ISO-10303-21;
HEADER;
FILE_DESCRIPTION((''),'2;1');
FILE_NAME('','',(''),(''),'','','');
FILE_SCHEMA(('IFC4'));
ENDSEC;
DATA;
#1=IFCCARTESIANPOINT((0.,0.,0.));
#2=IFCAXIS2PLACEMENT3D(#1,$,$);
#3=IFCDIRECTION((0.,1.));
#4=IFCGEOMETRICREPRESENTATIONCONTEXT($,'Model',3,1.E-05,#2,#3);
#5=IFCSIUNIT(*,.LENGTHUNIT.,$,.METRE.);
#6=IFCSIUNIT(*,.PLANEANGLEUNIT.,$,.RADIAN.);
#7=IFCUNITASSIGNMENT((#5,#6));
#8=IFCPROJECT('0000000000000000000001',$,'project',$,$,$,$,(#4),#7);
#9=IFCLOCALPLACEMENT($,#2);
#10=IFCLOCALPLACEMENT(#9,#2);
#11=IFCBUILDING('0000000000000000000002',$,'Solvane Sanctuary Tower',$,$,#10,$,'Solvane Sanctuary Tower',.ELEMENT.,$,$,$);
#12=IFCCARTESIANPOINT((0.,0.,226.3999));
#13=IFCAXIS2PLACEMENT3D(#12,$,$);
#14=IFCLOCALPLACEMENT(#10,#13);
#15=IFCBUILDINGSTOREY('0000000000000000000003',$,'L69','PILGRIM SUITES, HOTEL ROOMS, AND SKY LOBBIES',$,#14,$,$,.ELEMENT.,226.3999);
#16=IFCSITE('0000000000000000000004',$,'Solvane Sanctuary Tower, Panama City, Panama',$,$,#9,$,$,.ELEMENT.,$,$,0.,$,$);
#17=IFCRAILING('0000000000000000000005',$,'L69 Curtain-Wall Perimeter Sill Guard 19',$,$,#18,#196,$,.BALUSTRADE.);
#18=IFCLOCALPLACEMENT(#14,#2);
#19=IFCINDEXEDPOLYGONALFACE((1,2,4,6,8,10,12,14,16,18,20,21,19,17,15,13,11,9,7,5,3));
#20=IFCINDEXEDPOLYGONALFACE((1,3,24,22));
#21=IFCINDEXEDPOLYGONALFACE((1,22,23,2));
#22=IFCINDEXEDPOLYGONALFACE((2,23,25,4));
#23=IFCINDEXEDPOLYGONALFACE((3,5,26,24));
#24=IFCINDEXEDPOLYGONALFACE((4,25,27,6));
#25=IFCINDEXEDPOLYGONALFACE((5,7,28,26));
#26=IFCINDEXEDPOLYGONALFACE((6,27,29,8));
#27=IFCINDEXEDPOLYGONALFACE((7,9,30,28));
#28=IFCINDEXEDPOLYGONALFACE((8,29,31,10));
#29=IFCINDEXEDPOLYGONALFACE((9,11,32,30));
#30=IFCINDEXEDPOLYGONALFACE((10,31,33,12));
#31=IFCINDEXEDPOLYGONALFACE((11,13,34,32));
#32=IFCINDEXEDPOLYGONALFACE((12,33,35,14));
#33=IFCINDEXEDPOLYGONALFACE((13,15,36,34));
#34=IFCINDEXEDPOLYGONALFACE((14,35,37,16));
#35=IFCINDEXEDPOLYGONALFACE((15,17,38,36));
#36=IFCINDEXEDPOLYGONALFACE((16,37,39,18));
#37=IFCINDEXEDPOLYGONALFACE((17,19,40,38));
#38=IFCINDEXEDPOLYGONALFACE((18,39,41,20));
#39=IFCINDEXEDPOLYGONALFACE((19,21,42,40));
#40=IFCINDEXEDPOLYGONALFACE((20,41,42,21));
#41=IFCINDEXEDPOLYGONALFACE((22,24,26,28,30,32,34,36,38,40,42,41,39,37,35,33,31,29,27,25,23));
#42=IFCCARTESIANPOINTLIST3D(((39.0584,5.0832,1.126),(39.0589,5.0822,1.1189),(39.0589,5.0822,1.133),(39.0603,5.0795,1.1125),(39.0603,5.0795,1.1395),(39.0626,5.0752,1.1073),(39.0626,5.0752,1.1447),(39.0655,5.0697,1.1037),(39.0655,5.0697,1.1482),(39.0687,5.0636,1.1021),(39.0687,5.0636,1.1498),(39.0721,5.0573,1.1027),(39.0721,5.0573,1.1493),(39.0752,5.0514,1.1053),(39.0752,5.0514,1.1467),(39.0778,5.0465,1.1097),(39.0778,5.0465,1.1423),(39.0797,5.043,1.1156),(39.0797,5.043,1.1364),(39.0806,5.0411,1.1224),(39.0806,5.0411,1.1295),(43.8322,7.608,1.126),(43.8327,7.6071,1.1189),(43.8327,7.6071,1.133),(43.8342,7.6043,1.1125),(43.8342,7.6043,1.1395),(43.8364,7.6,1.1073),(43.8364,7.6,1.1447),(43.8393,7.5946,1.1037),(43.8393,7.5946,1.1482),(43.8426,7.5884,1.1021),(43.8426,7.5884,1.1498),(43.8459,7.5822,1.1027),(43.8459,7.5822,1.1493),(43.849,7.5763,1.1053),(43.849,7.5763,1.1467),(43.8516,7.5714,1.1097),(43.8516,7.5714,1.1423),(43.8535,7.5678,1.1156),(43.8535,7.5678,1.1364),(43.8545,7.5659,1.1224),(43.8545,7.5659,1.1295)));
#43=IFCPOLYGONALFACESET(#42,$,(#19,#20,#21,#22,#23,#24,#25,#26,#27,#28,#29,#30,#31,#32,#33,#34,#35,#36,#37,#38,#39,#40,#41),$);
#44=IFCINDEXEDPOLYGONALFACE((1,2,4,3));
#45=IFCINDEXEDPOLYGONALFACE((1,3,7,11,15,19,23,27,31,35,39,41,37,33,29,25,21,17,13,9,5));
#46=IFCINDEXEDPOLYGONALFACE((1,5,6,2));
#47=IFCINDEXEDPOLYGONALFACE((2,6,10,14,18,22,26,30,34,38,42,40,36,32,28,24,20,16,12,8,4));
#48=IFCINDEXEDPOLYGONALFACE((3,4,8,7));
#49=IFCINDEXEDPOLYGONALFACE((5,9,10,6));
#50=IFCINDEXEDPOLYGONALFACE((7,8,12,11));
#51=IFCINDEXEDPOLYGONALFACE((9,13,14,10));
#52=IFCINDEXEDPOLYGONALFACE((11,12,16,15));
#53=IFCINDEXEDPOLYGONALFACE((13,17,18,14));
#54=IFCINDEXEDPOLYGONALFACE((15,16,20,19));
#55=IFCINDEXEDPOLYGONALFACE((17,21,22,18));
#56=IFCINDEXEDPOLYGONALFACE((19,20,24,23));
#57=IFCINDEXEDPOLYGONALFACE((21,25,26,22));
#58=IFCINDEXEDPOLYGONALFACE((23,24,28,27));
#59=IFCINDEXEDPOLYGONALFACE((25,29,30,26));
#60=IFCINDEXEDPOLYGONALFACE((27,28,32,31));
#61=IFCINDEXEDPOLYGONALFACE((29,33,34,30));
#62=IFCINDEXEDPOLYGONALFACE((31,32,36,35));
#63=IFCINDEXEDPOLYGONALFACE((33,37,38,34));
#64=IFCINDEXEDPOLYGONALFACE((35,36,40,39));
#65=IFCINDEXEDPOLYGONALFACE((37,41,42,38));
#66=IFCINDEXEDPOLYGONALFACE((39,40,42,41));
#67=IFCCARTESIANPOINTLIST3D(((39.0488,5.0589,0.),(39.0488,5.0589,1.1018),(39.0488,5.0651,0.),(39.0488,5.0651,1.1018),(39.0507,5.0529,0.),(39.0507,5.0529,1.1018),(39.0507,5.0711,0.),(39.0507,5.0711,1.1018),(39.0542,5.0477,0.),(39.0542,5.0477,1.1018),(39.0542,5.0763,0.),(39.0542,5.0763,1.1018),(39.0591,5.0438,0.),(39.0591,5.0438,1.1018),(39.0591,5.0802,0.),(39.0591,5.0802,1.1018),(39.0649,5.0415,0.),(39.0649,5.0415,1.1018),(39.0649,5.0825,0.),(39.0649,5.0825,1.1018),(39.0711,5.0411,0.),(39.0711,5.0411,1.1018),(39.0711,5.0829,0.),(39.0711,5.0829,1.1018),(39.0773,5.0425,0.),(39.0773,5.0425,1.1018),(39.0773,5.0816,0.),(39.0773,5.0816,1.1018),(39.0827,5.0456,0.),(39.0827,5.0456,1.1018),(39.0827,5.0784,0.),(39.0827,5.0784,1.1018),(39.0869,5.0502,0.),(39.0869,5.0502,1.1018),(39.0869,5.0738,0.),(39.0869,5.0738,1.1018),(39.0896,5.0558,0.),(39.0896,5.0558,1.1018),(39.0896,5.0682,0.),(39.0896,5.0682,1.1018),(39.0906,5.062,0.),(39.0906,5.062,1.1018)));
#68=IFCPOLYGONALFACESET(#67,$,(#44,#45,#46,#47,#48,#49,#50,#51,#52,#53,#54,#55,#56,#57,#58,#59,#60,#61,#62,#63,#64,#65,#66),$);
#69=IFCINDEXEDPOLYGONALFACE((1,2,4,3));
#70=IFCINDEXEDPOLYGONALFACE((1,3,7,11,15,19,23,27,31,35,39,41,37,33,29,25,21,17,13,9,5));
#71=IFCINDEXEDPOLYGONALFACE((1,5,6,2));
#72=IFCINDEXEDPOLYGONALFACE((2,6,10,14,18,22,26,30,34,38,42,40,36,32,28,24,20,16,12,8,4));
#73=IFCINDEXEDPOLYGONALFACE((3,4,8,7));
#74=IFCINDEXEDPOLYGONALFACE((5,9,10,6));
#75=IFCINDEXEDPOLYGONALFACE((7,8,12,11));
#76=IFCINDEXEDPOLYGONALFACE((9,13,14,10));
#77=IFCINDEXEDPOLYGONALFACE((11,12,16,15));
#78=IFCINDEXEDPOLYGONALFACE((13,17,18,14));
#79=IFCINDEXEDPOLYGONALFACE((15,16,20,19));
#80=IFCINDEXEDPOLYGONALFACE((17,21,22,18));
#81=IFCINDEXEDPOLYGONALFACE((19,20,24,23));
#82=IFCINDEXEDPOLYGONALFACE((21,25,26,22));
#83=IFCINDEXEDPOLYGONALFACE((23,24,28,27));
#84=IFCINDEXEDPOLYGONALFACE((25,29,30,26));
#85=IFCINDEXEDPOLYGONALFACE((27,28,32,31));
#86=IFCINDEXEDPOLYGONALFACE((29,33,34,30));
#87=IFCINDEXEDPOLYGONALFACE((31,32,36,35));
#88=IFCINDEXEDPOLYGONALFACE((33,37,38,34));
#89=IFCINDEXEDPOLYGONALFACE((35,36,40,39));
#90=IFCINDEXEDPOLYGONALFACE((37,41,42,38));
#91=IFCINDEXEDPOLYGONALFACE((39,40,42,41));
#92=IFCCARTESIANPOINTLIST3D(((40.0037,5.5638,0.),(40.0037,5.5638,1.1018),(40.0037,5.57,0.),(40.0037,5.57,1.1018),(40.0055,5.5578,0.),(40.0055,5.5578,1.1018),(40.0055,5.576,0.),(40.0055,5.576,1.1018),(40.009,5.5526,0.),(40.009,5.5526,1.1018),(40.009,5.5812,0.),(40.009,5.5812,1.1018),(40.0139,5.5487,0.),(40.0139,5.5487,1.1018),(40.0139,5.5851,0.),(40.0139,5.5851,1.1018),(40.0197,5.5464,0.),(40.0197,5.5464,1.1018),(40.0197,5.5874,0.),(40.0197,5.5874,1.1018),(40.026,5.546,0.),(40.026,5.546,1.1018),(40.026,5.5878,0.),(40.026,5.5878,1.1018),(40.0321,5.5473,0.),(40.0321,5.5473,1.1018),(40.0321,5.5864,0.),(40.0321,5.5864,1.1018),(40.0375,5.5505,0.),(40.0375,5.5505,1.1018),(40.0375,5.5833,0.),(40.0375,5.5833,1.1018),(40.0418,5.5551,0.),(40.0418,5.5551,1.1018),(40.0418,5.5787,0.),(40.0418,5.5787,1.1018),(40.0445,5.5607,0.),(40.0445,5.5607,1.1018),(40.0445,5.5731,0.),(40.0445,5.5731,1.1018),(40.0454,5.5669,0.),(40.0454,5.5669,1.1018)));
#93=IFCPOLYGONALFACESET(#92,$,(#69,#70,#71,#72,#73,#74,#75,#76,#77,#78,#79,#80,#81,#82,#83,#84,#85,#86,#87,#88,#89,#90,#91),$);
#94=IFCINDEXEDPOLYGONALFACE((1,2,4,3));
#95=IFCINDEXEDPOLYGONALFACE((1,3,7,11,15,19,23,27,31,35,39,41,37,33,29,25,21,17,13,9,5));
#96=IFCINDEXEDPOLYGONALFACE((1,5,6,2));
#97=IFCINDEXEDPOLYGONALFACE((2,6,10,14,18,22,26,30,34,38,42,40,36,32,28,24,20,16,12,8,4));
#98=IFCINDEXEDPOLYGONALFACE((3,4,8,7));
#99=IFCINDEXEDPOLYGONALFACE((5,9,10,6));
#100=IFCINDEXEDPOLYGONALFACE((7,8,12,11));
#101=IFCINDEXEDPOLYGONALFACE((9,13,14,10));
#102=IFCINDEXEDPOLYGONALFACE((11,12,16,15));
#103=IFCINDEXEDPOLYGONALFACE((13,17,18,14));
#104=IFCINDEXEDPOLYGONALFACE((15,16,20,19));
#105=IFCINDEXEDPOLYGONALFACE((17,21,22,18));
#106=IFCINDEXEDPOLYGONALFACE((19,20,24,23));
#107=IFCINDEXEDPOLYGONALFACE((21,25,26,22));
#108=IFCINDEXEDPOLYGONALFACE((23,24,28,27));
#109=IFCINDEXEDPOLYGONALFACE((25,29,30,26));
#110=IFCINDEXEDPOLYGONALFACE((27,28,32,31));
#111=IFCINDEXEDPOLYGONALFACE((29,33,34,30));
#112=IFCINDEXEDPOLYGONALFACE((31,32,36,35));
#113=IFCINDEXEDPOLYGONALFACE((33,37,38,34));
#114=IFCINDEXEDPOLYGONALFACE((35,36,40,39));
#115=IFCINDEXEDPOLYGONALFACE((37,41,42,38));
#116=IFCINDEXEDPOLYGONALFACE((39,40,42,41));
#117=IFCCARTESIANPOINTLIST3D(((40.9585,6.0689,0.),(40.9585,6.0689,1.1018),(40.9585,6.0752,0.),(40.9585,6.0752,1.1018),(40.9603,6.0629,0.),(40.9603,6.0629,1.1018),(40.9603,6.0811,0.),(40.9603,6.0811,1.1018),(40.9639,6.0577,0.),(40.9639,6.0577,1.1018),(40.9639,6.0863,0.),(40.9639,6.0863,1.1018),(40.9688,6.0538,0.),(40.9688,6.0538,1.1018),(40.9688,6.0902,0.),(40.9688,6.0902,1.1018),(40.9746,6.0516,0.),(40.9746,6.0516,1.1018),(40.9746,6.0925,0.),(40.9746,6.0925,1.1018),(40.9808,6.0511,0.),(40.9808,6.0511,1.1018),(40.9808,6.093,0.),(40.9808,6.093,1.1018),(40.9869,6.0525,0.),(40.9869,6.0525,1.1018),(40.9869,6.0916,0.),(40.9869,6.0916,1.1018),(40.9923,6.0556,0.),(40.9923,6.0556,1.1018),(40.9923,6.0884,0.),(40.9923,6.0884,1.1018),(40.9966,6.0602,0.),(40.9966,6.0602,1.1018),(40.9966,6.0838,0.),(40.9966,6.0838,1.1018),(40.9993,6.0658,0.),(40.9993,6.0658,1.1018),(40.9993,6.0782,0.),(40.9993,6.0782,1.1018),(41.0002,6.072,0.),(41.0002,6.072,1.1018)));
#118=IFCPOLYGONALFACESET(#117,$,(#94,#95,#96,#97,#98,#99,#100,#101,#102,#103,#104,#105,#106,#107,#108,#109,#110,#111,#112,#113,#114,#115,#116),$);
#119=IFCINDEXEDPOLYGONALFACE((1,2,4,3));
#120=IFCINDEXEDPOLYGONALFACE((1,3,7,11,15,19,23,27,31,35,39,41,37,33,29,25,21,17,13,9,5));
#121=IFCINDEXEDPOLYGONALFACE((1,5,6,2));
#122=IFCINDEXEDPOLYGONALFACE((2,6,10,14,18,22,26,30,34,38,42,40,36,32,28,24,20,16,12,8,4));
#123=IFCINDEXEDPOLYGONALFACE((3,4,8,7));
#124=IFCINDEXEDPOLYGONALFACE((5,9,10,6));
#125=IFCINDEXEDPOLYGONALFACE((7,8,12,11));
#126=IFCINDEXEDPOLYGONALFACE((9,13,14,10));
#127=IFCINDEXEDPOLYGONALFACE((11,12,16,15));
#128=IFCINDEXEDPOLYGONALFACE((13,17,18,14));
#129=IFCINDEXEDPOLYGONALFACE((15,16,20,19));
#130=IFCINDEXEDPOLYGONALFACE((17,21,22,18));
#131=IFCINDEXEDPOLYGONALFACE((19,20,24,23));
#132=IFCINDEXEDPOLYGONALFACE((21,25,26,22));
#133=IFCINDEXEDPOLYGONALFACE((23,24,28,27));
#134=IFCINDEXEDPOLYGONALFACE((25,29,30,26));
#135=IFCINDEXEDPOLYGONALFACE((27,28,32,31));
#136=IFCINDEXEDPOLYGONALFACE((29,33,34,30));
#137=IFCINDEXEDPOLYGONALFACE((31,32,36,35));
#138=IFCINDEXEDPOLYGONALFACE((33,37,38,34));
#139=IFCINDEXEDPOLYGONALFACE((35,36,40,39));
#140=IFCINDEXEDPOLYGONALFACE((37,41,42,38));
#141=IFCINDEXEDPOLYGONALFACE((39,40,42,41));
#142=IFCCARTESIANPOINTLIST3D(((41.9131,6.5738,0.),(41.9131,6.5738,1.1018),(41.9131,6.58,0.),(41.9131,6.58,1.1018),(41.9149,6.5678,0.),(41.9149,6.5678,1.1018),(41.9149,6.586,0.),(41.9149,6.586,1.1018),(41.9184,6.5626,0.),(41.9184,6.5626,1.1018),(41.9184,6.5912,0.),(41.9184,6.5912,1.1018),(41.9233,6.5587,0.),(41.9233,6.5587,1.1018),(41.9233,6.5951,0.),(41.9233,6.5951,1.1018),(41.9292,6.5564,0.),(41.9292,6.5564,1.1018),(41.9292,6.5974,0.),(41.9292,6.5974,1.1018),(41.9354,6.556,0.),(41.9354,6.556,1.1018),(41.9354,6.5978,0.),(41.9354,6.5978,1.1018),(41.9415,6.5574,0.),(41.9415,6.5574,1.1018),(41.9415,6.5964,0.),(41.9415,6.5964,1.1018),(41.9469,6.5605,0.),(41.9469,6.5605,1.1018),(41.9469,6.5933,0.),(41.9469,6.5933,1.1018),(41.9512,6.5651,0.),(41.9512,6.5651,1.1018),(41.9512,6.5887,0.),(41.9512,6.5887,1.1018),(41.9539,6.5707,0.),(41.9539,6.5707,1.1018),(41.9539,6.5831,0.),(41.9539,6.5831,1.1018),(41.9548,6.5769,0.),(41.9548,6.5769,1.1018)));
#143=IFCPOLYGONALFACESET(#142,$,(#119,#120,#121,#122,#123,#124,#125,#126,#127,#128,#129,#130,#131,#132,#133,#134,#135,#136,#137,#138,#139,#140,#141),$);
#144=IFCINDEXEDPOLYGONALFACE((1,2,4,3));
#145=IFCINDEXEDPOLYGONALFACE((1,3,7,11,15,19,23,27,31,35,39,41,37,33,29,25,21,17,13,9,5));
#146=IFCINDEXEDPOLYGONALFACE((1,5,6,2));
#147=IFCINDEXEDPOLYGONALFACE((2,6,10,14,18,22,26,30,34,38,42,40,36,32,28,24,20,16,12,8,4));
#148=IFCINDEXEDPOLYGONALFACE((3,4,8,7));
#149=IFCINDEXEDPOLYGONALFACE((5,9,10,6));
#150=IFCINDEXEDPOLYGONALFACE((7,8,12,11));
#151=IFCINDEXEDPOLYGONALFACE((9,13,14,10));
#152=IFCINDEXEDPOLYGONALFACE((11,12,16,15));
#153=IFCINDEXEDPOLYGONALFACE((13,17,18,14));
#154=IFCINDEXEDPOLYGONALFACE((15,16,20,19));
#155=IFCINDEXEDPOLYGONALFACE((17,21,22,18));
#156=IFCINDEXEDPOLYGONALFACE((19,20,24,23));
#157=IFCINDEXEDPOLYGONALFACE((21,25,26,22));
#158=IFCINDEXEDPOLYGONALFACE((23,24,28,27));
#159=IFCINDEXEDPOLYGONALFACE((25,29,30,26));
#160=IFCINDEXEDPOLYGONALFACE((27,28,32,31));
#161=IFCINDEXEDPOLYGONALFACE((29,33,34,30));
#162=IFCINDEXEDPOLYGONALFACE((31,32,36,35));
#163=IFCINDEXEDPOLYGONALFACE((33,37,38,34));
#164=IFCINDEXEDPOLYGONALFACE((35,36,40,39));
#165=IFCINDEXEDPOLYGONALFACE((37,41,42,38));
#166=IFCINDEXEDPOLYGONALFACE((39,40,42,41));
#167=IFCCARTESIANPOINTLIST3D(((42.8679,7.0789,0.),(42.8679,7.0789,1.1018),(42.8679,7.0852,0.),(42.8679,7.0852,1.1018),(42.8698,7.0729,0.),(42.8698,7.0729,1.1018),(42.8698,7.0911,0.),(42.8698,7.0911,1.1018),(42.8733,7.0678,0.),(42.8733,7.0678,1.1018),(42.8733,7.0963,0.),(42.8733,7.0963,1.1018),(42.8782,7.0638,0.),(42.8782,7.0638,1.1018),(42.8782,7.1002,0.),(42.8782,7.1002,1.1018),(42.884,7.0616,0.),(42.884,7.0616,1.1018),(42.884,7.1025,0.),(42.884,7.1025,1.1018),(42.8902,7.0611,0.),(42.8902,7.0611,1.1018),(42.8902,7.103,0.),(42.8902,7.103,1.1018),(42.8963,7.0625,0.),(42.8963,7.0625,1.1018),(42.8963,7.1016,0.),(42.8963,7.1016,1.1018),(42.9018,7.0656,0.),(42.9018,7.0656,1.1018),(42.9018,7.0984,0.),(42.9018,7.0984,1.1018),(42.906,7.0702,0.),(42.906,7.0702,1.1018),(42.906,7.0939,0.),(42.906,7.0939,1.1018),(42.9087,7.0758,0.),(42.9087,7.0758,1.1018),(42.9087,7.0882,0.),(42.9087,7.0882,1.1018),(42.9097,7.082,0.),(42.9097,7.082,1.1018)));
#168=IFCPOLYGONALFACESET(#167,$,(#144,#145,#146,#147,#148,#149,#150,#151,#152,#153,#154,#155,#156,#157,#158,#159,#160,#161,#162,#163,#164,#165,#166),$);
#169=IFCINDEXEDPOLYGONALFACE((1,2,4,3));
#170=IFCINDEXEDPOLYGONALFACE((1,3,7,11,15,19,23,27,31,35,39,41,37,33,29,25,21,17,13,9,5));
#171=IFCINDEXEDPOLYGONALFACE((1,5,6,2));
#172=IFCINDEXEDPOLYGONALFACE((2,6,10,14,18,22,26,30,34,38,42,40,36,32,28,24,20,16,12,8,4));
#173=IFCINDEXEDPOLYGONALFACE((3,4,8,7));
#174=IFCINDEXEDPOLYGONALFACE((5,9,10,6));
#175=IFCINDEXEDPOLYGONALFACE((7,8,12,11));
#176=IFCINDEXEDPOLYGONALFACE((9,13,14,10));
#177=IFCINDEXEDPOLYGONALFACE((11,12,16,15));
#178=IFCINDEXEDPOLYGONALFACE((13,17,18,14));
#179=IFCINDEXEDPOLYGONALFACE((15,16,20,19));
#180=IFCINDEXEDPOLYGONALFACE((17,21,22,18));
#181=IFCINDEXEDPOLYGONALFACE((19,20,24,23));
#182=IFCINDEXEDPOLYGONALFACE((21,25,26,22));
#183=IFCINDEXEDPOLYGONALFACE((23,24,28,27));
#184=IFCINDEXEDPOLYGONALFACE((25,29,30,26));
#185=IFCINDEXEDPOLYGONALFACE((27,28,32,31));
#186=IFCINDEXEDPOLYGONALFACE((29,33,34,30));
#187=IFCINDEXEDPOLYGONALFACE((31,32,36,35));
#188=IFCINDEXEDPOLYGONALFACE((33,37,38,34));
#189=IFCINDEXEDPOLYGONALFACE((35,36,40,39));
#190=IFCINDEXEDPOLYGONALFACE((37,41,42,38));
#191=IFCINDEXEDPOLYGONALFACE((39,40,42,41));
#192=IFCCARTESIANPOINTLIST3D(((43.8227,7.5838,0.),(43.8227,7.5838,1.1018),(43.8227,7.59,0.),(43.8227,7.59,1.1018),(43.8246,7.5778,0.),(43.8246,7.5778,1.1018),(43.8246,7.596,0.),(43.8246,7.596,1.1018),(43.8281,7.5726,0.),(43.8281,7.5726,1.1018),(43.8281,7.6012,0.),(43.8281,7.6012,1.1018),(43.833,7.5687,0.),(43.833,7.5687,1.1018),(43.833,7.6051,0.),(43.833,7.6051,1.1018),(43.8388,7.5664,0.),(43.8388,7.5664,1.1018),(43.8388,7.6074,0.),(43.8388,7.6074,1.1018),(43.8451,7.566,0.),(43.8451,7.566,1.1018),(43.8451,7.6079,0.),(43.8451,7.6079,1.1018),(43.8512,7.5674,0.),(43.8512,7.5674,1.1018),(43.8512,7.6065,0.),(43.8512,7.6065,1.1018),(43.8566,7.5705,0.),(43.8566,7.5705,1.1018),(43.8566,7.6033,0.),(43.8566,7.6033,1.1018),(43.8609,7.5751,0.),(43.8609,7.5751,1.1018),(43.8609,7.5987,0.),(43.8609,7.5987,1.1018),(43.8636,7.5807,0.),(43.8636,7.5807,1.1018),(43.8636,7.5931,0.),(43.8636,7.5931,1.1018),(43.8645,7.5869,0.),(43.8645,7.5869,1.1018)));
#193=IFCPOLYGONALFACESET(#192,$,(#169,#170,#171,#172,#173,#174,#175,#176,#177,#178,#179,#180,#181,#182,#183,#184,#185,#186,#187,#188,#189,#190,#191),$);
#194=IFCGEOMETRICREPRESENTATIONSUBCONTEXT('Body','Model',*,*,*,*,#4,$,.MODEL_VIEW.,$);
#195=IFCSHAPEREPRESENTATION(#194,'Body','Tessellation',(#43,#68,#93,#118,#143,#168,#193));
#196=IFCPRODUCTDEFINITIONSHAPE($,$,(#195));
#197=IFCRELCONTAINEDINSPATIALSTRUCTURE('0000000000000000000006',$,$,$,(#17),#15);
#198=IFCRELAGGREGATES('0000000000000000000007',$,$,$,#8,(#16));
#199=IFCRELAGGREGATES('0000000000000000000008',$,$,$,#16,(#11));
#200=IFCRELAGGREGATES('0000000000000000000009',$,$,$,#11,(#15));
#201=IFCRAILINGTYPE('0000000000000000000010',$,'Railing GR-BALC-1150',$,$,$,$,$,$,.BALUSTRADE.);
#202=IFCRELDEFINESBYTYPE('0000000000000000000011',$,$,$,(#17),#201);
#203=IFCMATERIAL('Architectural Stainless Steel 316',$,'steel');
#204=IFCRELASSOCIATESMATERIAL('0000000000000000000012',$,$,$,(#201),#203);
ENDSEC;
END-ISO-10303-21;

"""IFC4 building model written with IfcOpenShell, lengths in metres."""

from ifc_helpers import new_model, si_unit, direction, frame, origin, origin_2d, place, context, subcontext, project, spatial, circle, extrude, material, type_object, element, save


model = new_model("IFC4")

# Units and contexts
model_context = context("Model", 3, precision=1e-05, world=origin(), true_north=direction((0.0, 1.0)))
body_context = subcontext(model_context, "Body", "Model", "MODEL_VIEW")
ifc_project = project(units=[si_unit("LENGTHUNIT", "METRE"), si_unit("PLANEANGLEUNIT", "RADIAN")], contexts=[model_context])

# Site, building, storey
site_placement = place(None, origin())
site = spatial("IfcSite", under=ifc_project, at=site_placement, Name="Solvane Sanctuary Tower, Panama City, Panama", CompositionType="ELEMENT", RefElevation=0.0)
building_placement = place(site_placement, origin())
building = spatial("IfcBuilding", under=site, at=building_placement, Name="Solvane Sanctuary Tower", LongName="Solvane Sanctuary Tower", CompositionType="ELEMENT")
storey_placement = place(building_placement, frame((0.0, 0.0, 226.3999)))
storey = spatial("IfcBuildingStorey", under=building, at=storey_placement, Name="L69", Description="PILGRIM SUITES, HOTEL ROOMS, AND SKY LOBBIES", CompositionType="ELEMENT", Elevation=226.3999)

# Railing
ifc_material_1 = material(Name="Architectural Stainless Steel 316", Category="steel")
railing_type = type_object("IfcRailingType", Name="Railing GR-BALC-1150", PredefinedType="BALUSTRADE", material=ifc_material_1)
railing_placement = place(storey_placement, frame((39.0696, 5.062, 0.0)))
element("IfcRailing", 1, at=railing_placement, inside=storey, type_object=railing_type, Name="L69 Curtain-Wall Perimeter Sill Guard 19", PredefinedType="BALUSTRADE", context=body_context, shape_type="SweptSolid", body=[
    extrude(circle(Radius=0.0239, at=origin_2d()), frame((0.0, 0.0, 1.126), z_axis=(0.883977, 0.46753, 0.0), x_axis=(-0.46753, 0.883977, 0.0)), (0.0, 0.0, 1.0), 5.4004),
    extrude(circle(Radius=0.021, at=origin_2d()), origin(), (0.0, 0.0, 1.0), 1.1018),
    extrude(circle(Radius=0.021, at=origin_2d()), frame((0.9548, 0.5049, 0.0)), (0.0, 0.0, 1.0), 1.1018),
    extrude(circle(Radius=0.021, at=origin_2d()), frame((1.9097, 1.01, 0.0)), (0.0, 0.0, 1.0), 1.1018),
    extrude(circle(Radius=0.021, at=origin_2d()), frame((2.8643, 1.5149, 0.0)), (0.0, 0.0, 1.0), 1.1018),
    extrude(circle(Radius=0.021, at=origin_2d()), frame((3.8191, 2.02, 0.0)), (0.0, 0.0, 1.0), 1.1018),
    extrude(circle(Radius=0.021, at=origin_2d()), frame((4.7739, 2.5249, 0.0)), (0.0, 0.0, 1.0), 1.1018),
])

save(model, "model.ifc")
